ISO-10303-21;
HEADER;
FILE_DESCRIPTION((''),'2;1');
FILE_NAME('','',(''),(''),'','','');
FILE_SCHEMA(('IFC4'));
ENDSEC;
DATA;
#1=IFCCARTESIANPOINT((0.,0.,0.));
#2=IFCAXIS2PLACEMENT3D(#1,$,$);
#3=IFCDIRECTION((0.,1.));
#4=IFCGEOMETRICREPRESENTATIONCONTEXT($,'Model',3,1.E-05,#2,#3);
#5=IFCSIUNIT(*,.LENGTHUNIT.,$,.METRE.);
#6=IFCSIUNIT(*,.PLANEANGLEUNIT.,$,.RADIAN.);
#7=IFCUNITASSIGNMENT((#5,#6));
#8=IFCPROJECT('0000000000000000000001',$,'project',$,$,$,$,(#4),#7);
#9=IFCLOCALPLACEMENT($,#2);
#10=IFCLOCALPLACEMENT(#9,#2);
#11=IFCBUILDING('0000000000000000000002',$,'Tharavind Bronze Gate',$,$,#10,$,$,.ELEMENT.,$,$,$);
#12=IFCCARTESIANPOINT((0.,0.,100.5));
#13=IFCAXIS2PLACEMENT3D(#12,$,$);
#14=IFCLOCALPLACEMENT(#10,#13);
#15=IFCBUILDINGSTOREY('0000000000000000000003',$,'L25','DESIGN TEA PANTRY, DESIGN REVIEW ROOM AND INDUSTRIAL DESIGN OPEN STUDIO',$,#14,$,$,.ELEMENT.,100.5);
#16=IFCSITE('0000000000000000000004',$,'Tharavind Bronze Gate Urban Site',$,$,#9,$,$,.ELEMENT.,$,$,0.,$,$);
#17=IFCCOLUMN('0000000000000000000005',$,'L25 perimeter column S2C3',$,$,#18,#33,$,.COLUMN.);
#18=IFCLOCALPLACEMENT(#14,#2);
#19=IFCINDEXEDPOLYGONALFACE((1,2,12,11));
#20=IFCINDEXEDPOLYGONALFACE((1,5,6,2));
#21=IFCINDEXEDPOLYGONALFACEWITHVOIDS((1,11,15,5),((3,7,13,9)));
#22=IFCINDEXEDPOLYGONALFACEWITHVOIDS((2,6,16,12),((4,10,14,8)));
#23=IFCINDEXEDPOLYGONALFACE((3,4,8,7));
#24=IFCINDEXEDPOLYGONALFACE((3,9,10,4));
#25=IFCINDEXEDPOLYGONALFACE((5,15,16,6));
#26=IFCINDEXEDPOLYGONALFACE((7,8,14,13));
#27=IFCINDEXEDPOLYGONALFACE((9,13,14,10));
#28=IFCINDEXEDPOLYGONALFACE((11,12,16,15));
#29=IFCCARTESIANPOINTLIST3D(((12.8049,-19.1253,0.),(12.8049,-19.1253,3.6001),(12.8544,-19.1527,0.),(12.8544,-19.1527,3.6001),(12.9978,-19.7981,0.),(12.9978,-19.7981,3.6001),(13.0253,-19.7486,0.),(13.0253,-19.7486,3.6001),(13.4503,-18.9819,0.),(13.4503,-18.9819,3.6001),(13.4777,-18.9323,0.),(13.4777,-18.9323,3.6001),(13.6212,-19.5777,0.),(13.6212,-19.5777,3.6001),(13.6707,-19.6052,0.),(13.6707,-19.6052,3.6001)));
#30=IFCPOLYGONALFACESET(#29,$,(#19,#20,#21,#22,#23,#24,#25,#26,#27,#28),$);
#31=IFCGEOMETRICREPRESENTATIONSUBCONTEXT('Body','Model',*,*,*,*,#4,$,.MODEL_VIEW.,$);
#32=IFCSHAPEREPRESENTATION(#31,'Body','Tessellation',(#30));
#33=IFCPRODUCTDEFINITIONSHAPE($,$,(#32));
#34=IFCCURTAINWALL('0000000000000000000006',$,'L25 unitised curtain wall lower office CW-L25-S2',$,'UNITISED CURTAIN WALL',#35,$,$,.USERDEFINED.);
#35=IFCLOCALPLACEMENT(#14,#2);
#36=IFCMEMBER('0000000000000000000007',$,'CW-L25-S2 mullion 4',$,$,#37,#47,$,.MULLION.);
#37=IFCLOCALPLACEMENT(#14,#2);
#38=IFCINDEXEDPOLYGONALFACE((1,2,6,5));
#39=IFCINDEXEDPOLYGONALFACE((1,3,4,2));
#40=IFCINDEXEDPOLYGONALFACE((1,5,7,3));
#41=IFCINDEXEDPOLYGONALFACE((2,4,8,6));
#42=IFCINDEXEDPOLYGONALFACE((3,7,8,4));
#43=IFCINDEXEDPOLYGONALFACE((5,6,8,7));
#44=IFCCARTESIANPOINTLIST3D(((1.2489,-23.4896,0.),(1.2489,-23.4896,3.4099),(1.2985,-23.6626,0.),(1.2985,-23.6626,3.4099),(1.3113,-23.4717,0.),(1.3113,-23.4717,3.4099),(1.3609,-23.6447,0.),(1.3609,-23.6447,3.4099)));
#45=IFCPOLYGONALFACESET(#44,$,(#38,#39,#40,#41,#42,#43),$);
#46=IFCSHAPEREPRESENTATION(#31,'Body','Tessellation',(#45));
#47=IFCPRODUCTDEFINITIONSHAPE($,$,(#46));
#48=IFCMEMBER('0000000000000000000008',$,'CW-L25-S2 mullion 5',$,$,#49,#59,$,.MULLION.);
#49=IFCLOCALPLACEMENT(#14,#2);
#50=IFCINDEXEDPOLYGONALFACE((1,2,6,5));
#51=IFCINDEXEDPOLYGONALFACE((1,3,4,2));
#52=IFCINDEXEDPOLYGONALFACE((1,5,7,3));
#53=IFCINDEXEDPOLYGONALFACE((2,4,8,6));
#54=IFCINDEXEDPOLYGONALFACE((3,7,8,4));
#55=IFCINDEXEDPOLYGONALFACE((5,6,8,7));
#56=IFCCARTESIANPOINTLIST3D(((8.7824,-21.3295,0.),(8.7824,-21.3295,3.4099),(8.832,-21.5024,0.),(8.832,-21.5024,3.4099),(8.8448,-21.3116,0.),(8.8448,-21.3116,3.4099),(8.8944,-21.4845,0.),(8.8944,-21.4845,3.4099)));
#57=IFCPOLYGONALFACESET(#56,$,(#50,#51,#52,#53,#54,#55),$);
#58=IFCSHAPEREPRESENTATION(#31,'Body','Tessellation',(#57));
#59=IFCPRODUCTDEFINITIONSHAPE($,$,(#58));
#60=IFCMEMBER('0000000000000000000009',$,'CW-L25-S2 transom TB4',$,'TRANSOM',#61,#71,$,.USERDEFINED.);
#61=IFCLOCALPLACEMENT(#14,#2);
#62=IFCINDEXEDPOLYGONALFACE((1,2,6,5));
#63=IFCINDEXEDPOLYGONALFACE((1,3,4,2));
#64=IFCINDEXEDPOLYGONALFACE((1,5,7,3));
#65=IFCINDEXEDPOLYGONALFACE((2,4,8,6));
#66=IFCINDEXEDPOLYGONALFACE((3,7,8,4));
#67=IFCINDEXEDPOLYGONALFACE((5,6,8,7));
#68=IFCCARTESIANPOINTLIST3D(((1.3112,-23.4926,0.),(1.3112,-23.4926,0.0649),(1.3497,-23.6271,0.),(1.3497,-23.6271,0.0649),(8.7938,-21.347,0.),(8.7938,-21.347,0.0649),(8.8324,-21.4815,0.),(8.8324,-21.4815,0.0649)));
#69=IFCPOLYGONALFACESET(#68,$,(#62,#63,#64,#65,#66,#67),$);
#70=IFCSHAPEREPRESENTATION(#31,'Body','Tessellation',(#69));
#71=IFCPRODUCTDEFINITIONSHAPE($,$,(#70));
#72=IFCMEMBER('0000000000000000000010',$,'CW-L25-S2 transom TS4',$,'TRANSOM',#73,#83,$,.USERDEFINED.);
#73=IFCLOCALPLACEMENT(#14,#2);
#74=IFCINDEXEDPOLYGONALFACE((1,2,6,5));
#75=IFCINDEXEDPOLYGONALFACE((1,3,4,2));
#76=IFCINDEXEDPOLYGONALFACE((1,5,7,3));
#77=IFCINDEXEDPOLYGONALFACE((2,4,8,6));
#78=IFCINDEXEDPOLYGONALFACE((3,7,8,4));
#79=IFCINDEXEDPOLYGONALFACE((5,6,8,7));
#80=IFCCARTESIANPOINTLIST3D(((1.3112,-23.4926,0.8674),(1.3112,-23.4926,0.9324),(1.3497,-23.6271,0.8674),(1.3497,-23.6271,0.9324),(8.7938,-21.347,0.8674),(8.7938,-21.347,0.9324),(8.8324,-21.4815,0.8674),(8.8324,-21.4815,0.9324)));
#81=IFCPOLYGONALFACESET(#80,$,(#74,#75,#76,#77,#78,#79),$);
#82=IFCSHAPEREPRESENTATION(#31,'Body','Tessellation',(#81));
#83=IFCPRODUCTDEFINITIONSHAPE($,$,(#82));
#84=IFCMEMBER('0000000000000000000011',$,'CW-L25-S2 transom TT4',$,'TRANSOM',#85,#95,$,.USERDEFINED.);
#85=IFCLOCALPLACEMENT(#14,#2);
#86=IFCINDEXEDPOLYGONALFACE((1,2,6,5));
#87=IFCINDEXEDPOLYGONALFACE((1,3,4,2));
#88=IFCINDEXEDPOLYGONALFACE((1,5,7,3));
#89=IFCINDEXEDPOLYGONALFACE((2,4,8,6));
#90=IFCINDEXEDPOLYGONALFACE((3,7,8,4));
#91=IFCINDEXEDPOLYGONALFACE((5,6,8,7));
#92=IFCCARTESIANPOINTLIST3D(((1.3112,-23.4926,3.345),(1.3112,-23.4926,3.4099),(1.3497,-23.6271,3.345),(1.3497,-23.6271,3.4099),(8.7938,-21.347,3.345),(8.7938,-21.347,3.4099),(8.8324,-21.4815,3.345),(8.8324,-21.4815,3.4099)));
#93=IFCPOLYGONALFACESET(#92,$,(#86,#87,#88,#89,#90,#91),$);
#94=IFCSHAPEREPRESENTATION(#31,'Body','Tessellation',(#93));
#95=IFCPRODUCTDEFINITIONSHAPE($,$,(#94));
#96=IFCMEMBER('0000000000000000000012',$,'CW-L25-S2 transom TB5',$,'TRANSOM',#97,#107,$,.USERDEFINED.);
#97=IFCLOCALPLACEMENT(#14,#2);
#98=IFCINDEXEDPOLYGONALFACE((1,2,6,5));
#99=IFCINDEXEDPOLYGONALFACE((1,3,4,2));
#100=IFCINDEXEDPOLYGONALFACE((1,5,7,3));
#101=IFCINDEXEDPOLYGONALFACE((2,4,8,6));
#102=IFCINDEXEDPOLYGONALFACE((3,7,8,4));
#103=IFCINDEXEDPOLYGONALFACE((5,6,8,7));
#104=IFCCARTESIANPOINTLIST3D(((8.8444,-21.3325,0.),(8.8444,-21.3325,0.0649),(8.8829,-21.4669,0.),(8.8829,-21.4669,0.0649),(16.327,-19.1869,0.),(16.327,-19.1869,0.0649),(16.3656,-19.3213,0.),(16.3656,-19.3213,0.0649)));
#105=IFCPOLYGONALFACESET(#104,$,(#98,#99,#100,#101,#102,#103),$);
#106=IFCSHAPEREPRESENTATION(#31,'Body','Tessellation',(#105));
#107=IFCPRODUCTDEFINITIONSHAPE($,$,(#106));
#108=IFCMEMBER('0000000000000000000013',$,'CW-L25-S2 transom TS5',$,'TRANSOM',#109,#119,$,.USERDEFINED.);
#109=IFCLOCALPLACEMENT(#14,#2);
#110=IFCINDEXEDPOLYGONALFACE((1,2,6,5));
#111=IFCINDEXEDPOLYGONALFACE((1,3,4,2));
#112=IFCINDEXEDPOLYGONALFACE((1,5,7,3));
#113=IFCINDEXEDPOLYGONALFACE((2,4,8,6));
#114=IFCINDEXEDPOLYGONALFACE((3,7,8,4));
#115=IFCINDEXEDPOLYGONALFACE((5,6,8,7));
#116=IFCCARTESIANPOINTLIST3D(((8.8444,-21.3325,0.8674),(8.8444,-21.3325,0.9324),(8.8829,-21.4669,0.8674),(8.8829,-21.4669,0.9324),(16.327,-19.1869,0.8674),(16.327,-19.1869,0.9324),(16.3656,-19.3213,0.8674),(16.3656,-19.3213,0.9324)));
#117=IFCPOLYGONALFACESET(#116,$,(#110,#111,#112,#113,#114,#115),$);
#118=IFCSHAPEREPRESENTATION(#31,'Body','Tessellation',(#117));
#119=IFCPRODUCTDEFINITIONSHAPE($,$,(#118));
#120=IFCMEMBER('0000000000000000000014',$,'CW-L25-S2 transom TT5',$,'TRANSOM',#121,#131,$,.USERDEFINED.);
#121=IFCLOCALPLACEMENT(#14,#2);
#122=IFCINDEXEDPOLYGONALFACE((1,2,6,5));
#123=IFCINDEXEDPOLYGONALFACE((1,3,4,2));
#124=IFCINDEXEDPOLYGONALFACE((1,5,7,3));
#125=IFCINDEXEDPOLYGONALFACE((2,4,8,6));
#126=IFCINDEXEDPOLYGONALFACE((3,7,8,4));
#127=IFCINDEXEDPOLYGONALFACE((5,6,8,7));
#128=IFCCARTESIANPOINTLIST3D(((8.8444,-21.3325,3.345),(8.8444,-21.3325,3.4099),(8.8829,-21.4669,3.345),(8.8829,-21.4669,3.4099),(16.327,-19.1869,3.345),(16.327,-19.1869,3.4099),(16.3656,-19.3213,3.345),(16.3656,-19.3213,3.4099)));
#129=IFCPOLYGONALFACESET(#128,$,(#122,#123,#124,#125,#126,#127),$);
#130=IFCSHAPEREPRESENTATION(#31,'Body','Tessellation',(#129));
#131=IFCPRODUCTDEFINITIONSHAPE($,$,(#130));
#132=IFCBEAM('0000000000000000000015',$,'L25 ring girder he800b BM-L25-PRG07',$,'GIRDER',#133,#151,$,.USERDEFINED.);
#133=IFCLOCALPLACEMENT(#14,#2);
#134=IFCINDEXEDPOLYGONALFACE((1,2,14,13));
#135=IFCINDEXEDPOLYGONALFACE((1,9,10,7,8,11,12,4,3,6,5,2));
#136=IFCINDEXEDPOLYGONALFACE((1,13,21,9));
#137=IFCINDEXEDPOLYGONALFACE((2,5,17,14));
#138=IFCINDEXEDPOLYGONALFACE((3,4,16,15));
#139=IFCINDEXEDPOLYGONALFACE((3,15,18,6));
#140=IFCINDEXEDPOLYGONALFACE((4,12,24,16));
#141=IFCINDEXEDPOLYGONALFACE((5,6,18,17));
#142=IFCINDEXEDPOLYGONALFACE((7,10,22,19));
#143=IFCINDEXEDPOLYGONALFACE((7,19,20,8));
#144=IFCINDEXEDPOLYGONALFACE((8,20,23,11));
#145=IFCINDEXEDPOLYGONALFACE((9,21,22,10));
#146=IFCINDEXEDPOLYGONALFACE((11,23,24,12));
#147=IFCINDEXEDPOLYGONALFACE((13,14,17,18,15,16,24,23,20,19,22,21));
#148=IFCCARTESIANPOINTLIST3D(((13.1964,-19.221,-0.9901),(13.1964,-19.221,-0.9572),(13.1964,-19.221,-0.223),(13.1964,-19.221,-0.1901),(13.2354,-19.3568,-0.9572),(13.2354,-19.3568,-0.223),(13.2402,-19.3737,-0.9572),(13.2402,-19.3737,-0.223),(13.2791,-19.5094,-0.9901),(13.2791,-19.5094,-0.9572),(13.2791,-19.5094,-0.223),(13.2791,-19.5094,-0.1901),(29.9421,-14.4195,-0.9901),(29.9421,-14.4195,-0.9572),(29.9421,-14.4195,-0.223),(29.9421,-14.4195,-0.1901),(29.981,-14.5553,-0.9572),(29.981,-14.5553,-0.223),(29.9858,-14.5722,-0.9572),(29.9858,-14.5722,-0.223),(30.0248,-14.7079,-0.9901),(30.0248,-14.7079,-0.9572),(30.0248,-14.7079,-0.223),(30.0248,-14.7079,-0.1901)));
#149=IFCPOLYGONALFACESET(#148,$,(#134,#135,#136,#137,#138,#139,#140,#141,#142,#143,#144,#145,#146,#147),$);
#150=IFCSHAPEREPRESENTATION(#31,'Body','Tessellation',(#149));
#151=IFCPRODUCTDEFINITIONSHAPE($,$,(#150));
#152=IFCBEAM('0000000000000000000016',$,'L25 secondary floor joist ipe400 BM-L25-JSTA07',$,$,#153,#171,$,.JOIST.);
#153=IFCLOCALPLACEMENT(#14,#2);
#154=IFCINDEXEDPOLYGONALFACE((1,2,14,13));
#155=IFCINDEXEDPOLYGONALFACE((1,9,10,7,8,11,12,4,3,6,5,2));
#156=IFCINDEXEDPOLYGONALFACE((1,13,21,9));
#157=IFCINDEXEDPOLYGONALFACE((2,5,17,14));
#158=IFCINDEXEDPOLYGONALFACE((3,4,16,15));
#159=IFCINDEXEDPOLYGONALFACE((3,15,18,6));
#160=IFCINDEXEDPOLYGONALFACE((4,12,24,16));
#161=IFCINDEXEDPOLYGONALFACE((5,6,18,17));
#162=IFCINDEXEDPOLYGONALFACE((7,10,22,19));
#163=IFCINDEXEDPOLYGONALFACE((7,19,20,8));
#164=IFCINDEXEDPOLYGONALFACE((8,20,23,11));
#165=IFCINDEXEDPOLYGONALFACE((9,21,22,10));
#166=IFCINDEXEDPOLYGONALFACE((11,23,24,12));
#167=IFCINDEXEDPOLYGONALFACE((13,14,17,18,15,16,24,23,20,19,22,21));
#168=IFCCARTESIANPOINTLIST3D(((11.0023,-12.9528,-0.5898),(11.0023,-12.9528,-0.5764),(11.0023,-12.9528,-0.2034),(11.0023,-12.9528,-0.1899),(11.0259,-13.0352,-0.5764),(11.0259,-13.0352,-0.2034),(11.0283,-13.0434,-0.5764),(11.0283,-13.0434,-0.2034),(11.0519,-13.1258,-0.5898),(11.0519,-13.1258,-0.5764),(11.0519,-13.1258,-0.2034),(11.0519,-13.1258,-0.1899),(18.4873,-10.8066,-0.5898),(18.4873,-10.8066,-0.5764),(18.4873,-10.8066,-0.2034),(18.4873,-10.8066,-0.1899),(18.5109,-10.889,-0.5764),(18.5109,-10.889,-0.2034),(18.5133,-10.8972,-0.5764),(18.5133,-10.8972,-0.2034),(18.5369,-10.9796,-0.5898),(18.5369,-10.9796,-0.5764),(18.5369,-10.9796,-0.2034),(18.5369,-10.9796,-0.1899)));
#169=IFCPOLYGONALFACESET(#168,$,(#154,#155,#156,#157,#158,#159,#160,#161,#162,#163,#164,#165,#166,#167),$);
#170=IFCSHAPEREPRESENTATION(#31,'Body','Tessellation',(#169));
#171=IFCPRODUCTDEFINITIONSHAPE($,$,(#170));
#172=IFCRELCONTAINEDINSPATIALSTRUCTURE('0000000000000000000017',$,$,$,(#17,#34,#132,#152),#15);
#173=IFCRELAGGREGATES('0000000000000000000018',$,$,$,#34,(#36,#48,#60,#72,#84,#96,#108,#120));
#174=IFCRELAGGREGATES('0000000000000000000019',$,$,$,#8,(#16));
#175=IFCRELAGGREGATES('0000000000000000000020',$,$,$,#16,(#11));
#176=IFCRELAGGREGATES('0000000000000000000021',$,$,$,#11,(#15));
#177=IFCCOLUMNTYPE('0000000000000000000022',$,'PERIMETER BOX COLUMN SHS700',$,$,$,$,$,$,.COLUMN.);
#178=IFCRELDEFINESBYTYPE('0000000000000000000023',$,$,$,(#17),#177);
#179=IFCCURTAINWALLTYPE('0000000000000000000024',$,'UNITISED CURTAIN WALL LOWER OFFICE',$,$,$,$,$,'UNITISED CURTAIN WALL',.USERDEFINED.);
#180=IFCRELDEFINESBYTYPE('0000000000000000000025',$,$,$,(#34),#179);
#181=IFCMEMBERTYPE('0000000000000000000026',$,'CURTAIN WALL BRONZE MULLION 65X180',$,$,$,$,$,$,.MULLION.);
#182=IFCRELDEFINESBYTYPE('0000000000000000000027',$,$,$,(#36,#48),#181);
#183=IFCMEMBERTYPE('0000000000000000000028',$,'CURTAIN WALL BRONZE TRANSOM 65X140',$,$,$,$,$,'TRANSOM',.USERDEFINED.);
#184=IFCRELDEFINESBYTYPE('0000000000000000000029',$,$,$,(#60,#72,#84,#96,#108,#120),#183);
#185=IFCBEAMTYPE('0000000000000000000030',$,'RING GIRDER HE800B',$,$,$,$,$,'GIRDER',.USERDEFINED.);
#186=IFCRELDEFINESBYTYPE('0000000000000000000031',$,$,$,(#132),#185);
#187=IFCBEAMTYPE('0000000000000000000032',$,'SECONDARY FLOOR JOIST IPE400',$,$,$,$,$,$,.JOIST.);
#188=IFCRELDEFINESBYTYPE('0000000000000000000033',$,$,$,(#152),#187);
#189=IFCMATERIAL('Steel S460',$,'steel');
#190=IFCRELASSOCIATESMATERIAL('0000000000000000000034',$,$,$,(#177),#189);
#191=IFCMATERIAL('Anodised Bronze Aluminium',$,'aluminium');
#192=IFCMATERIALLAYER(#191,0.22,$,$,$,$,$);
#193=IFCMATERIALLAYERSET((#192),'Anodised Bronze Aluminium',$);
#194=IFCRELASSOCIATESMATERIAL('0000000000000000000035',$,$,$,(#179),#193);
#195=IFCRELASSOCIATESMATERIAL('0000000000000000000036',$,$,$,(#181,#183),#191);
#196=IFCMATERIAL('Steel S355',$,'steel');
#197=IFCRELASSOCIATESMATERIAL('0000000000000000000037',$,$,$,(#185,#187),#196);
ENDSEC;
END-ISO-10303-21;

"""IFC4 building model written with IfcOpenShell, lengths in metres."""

from ifc_helpers import new_model, si_unit, direction, frame, origin, origin_2d, place, context, subcontext, project, spatial, rectangle, hollow_rectangle, i_section, extrude, material, layer, layer_set, material_profile, profile_set, type_object, element, aggregate, save


model = new_model("IFC4")

# Units and contexts
model_context = context("Model", 3, precision=1e-05, world=origin(), true_north=direction((0.0, 1.0)))
body_context = subcontext(model_context, "Body", "Model", "MODEL_VIEW")
ifc_project = project(units=[si_unit("LENGTHUNIT", "METRE"), si_unit("PLANEANGLEUNIT", "RADIAN")], contexts=[model_context])

# Site, building, storey
site_placement = place(None, origin())
site = spatial("IfcSite", under=ifc_project, at=site_placement, Name="Tharavind Bronze Gate Urban Site", CompositionType="ELEMENT", RefElevation=0.0)
building_placement = place(site_placement, origin())
building = spatial("IfcBuilding", under=site, at=building_placement, Name="Tharavind Bronze Gate", CompositionType="ELEMENT")
storey_placement = place(building_placement, frame((0.0, 0.0, 100.5)))
storey = spatial("IfcBuildingStorey", under=building, at=storey_placement, Name="L25", Description="DESIGN TEA PANTRY, DESIGN REVIEW ROOM AND INDUSTRIAL DESIGN OPEN STUDIO", CompositionType="ELEMENT", Elevation=100.5)

# Column
ifc_material_1 = material(Name="Steel S460", Category="steel")
ifc_material_profile_1 = material_profile(ifc_material_1, hollow_rectangle(XDim=0.7, YDim=0.7, WallThickness=0.04, at=origin_2d()), Name="SHS700X40")
ifc_profile_set_1 = profile_set([ifc_material_profile_1], Name="Steel S460")
column_type = type_object("IfcColumnType", Name="PERIMETER BOX COLUMN SHS700", PredefinedType="COLUMN", material=ifc_profile_set_1)
column_placement = place(storey_placement, frame((13.2378, -19.3652, 0.0), z_axis=(0.0, 0.0, 1.0), x_axis=(0.961262, 0.275637, 0.0)))
element("IfcColumn", 1, at=column_placement, inside=storey, type_object=column_type, Name="L25 perimeter column S2C3", PredefinedType="COLUMN", context=body_context, shape_type="SweptSolid", body=[
    extrude(hollow_rectangle(XDim=0.7, YDim=0.7, WallThickness=0.04, at=origin_2d()), origin(), (0.0, 0.0, 1.0), 3.6001),
])

# Curtain wall, members
ifc_material_2 = material(Name="Anodised Bronze Aluminium", Category="aluminium")
ifc_layer_1 = layer(ifc_material_2, 0.22)
ifc_layer_set_1 = layer_set([ifc_layer_1], Name="Anodised Bronze Aluminium")
curtain_wall_type = type_object("IfcCurtainWallType", Name="UNITISED CURTAIN WALL LOWER OFFICE", ElementType="UNITISED CURTAIN WALL", PredefinedType="USERDEFINED", material=ifc_layer_set_1)
curtain_wall_placement = place(storey_placement, origin())
curtain_wall = element("IfcCurtainWall", 2, at=curtain_wall_placement, inside=storey, type_object=curtain_wall_type, Name="L25 unitised curtain wall lower office CW-L25-S2", ObjectType="UNITISED CURTAIN WALL", PredefinedType="USERDEFINED")
member_type_1 = type_object("IfcMemberType", Name="CURTAIN WALL BRONZE MULLION 65X180", PredefinedType="MULLION", material=ifc_material_2)
member_1_placement = place(storey_placement, frame((1.3049, -23.5671, 0.0), z_axis=(0.0, 0.0, 1.0), x_axis=(0.961262, 0.275637, 0.0)))
member_1 = element("IfcMember", 3, at=member_1_placement, type_object=member_type_1, Name="CW-L25-S2 mullion 4", PredefinedType="MULLION", context=body_context, shape_type="SweptSolid", body=[
    extrude(rectangle(XDim=0.0649, YDim=0.1799, at=origin_2d()), origin(), (0.0, 0.0, 1.0), 3.4099),
])
member_2_placement = place(storey_placement, frame((8.8384, -21.407, 0.0), z_axis=(0.0, 0.0, 1.0), x_axis=(0.961262, 0.275637, 0.0)))
member_2 = element("IfcMember", 4, at=member_2_placement, type_object=member_type_1, Name="CW-L25-S2 mullion 5", PredefinedType="MULLION", context=body_context, shape_type="SweptSolid", body=[
    extrude(rectangle(XDim=0.0649, YDim=0.1799, at=origin_2d()), origin(), (0.0, 0.0, 1.0), 3.4099),
])
member_type_2 = type_object("IfcMemberType", Name="CURTAIN WALL BRONZE TRANSOM 65X140", ElementType="TRANSOM", PredefinedType="USERDEFINED", material=ifc_material_2)
member_3_placement = place(storey_placement, frame((5.0718, -22.4871, 0.0), z_axis=(0.0, 0.0, 1.0), x_axis=(0.961262, 0.275637, 0.0)))
member_3 = element("IfcMember", 5, at=member_3_placement, type_object=member_type_2, Name="CW-L25-S2 transom TB4", ObjectType="TRANSOM", PredefinedType="USERDEFINED", context=body_context, shape_type="SweptSolid", body=[
    extrude(rectangle(XDim=7.7842, YDim=0.1399, at=origin_2d()), origin(), (0.0, 0.0, 1.0), 0.0649),
])
member_4_placement = place(storey_placement, frame((5.0718, -22.4871, 0.8674), z_axis=(0.0, 0.0, 1.0), x_axis=(0.961262, 0.275637, 0.0)))
member_4 = element("IfcMember", 6, at=member_4_placement, type_object=member_type_2, Name="CW-L25-S2 transom TS4", ObjectType="TRANSOM", PredefinedType="USERDEFINED", context=body_context, shape_type="SweptSolid", body=[
    extrude(rectangle(XDim=7.7842, YDim=0.1399, at=origin_2d()), origin(), (0.0, 0.0, 1.0), 0.0649),
])
member_5_placement = place(storey_placement, frame((5.0718, -22.4871, 3.345), z_axis=(0.0, 0.0, 1.0), x_axis=(0.961262, 0.275637, 0.0)))
member_5 = element("IfcMember", 7, at=member_5_placement, type_object=member_type_2, Name="CW-L25-S2 transom TT4", ObjectType="TRANSOM", PredefinedType="USERDEFINED", context=body_context, shape_type="SweptSolid", body=[
    extrude(rectangle(XDim=7.7842, YDim=0.1399, at=origin_2d()), origin(), (0.0, 0.0, 1.0), 0.0649),
])
member_6_placement = place(storey_placement, frame((12.605, -20.3269, 0.0), z_axis=(0.0, 0.0, 1.0), x_axis=(0.961262, 0.275637, 0.0)))
member_6 = element("IfcMember", 8, at=member_6_placement, type_object=member_type_2, Name="CW-L25-S2 transom TB5", ObjectType="TRANSOM", PredefinedType="USERDEFINED", context=body_context, shape_type="SweptSolid", body=[
    extrude(rectangle(XDim=7.7842, YDim=0.1399, at=origin_2d()), origin(), (0.0, 0.0, 1.0), 0.0649),
])
member_7_placement = place(storey_placement, frame((12.605, -20.3269, 0.8674), z_axis=(0.0, 0.0, 1.0), x_axis=(0.961262, 0.275637, 0.0)))
member_7 = element("IfcMember", 9, at=member_7_placement, type_object=member_type_2, Name="CW-L25-S2 transom TS5", ObjectType="TRANSOM", PredefinedType="USERDEFINED", context=body_context, shape_type="SweptSolid", body=[
    extrude(rectangle(XDim=7.7842, YDim=0.1399, at=origin_2d()), origin(), (0.0, 0.0, 1.0), 0.0649),
])
member_8_placement = place(storey_placement, frame((12.605, -20.3269, 3.345), z_axis=(0.0, 0.0, 1.0), x_axis=(0.961262, 0.275637, 0.0)))
member_8 = element("IfcMember", 10, at=member_8_placement, type_object=member_type_2, Name="CW-L25-S2 transom TT5", ObjectType="TRANSOM", PredefinedType="USERDEFINED", context=body_context, shape_type="SweptSolid", body=[
    extrude(rectangle(XDim=7.7842, YDim=0.1399, at=origin_2d()), origin(), (0.0, 0.0, 1.0), 0.0649),
])

# Beams
ifc_material_3 = material(Name="Steel S355", Category="steel")
ifc_material_profile_2 = material_profile(ifc_material_3, i_section(OverallWidth=0.3, OverallDepth=0.8, WebThickness=0.0176, FlangeThickness=0.033, at=origin_2d()), Name="HE800B")
ifc_profile_set_2 = profile_set([ifc_material_profile_2], Name="Steel S355")
beam_type_1 = type_object("IfcBeamType", Name="RING GIRDER HE800B", ElementType="GIRDER", PredefinedType="USERDEFINED", material=ifc_profile_set_2)
beam_1_placement = place(storey_placement, frame((13.2378, -19.3652, -0.5901), z_axis=(0.961265, 0.275626, 0.0), x_axis=(-0.275626, 0.961265, 0.0)))
element("IfcBeam", 11, at=beam_1_placement, inside=storey, type_object=beam_type_1, Name="L25 ring girder he800b BM-L25-PRG07", ObjectType="GIRDER", PredefinedType="USERDEFINED", context=body_context, shape_type="SweptSolid", body=[
    extrude(i_section(OverallWidth=0.3, OverallDepth=0.8, WebThickness=0.0176, FlangeThickness=0.033, at=origin_2d()), origin(), (0.0, 0.0, 1.0), 17.4204),
])
ifc_material_profile_3 = material_profile(ifc_material_3, i_section(OverallWidth=0.1799, OverallDepth=0.3999, WebThickness=0.0085, FlangeThickness=0.0134, at=origin_2d()), Name="IPE400")
ifc_profile_set_3 = profile_set([ifc_material_profile_3], Name="Steel S355")
beam_type_2 = type_object("IfcBeamType", Name="SECONDARY FLOOR JOIST IPE400", PredefinedType="JOIST", material=ifc_profile_set_3)
beam_2_placement = place(storey_placement, frame((11.0271, -13.0393, -0.3899), z_axis=(0.961264, 0.275628, 0.0), x_axis=(-0.275628, 0.961264, 0.0)))
element("IfcBeam", 12, at=beam_2_placement, inside=storey, type_object=beam_type_2, Name="L25 secondary floor joist ipe400 BM-L25-JSTA07", PredefinedType="JOIST", context=body_context, shape_type="SweptSolid", body=[
    extrude(i_section(OverallWidth=0.1799, OverallDepth=0.3999, WebThickness=0.0085, FlangeThickness=0.0134, at=origin_2d()), origin(), (0.0, 0.0, 1.0), 7.7866),
])

aggregate(curtain_wall, [member_1, member_2, member_3, member_4, member_5, member_6, member_7, member_8])

save(model, "model.ifc")
